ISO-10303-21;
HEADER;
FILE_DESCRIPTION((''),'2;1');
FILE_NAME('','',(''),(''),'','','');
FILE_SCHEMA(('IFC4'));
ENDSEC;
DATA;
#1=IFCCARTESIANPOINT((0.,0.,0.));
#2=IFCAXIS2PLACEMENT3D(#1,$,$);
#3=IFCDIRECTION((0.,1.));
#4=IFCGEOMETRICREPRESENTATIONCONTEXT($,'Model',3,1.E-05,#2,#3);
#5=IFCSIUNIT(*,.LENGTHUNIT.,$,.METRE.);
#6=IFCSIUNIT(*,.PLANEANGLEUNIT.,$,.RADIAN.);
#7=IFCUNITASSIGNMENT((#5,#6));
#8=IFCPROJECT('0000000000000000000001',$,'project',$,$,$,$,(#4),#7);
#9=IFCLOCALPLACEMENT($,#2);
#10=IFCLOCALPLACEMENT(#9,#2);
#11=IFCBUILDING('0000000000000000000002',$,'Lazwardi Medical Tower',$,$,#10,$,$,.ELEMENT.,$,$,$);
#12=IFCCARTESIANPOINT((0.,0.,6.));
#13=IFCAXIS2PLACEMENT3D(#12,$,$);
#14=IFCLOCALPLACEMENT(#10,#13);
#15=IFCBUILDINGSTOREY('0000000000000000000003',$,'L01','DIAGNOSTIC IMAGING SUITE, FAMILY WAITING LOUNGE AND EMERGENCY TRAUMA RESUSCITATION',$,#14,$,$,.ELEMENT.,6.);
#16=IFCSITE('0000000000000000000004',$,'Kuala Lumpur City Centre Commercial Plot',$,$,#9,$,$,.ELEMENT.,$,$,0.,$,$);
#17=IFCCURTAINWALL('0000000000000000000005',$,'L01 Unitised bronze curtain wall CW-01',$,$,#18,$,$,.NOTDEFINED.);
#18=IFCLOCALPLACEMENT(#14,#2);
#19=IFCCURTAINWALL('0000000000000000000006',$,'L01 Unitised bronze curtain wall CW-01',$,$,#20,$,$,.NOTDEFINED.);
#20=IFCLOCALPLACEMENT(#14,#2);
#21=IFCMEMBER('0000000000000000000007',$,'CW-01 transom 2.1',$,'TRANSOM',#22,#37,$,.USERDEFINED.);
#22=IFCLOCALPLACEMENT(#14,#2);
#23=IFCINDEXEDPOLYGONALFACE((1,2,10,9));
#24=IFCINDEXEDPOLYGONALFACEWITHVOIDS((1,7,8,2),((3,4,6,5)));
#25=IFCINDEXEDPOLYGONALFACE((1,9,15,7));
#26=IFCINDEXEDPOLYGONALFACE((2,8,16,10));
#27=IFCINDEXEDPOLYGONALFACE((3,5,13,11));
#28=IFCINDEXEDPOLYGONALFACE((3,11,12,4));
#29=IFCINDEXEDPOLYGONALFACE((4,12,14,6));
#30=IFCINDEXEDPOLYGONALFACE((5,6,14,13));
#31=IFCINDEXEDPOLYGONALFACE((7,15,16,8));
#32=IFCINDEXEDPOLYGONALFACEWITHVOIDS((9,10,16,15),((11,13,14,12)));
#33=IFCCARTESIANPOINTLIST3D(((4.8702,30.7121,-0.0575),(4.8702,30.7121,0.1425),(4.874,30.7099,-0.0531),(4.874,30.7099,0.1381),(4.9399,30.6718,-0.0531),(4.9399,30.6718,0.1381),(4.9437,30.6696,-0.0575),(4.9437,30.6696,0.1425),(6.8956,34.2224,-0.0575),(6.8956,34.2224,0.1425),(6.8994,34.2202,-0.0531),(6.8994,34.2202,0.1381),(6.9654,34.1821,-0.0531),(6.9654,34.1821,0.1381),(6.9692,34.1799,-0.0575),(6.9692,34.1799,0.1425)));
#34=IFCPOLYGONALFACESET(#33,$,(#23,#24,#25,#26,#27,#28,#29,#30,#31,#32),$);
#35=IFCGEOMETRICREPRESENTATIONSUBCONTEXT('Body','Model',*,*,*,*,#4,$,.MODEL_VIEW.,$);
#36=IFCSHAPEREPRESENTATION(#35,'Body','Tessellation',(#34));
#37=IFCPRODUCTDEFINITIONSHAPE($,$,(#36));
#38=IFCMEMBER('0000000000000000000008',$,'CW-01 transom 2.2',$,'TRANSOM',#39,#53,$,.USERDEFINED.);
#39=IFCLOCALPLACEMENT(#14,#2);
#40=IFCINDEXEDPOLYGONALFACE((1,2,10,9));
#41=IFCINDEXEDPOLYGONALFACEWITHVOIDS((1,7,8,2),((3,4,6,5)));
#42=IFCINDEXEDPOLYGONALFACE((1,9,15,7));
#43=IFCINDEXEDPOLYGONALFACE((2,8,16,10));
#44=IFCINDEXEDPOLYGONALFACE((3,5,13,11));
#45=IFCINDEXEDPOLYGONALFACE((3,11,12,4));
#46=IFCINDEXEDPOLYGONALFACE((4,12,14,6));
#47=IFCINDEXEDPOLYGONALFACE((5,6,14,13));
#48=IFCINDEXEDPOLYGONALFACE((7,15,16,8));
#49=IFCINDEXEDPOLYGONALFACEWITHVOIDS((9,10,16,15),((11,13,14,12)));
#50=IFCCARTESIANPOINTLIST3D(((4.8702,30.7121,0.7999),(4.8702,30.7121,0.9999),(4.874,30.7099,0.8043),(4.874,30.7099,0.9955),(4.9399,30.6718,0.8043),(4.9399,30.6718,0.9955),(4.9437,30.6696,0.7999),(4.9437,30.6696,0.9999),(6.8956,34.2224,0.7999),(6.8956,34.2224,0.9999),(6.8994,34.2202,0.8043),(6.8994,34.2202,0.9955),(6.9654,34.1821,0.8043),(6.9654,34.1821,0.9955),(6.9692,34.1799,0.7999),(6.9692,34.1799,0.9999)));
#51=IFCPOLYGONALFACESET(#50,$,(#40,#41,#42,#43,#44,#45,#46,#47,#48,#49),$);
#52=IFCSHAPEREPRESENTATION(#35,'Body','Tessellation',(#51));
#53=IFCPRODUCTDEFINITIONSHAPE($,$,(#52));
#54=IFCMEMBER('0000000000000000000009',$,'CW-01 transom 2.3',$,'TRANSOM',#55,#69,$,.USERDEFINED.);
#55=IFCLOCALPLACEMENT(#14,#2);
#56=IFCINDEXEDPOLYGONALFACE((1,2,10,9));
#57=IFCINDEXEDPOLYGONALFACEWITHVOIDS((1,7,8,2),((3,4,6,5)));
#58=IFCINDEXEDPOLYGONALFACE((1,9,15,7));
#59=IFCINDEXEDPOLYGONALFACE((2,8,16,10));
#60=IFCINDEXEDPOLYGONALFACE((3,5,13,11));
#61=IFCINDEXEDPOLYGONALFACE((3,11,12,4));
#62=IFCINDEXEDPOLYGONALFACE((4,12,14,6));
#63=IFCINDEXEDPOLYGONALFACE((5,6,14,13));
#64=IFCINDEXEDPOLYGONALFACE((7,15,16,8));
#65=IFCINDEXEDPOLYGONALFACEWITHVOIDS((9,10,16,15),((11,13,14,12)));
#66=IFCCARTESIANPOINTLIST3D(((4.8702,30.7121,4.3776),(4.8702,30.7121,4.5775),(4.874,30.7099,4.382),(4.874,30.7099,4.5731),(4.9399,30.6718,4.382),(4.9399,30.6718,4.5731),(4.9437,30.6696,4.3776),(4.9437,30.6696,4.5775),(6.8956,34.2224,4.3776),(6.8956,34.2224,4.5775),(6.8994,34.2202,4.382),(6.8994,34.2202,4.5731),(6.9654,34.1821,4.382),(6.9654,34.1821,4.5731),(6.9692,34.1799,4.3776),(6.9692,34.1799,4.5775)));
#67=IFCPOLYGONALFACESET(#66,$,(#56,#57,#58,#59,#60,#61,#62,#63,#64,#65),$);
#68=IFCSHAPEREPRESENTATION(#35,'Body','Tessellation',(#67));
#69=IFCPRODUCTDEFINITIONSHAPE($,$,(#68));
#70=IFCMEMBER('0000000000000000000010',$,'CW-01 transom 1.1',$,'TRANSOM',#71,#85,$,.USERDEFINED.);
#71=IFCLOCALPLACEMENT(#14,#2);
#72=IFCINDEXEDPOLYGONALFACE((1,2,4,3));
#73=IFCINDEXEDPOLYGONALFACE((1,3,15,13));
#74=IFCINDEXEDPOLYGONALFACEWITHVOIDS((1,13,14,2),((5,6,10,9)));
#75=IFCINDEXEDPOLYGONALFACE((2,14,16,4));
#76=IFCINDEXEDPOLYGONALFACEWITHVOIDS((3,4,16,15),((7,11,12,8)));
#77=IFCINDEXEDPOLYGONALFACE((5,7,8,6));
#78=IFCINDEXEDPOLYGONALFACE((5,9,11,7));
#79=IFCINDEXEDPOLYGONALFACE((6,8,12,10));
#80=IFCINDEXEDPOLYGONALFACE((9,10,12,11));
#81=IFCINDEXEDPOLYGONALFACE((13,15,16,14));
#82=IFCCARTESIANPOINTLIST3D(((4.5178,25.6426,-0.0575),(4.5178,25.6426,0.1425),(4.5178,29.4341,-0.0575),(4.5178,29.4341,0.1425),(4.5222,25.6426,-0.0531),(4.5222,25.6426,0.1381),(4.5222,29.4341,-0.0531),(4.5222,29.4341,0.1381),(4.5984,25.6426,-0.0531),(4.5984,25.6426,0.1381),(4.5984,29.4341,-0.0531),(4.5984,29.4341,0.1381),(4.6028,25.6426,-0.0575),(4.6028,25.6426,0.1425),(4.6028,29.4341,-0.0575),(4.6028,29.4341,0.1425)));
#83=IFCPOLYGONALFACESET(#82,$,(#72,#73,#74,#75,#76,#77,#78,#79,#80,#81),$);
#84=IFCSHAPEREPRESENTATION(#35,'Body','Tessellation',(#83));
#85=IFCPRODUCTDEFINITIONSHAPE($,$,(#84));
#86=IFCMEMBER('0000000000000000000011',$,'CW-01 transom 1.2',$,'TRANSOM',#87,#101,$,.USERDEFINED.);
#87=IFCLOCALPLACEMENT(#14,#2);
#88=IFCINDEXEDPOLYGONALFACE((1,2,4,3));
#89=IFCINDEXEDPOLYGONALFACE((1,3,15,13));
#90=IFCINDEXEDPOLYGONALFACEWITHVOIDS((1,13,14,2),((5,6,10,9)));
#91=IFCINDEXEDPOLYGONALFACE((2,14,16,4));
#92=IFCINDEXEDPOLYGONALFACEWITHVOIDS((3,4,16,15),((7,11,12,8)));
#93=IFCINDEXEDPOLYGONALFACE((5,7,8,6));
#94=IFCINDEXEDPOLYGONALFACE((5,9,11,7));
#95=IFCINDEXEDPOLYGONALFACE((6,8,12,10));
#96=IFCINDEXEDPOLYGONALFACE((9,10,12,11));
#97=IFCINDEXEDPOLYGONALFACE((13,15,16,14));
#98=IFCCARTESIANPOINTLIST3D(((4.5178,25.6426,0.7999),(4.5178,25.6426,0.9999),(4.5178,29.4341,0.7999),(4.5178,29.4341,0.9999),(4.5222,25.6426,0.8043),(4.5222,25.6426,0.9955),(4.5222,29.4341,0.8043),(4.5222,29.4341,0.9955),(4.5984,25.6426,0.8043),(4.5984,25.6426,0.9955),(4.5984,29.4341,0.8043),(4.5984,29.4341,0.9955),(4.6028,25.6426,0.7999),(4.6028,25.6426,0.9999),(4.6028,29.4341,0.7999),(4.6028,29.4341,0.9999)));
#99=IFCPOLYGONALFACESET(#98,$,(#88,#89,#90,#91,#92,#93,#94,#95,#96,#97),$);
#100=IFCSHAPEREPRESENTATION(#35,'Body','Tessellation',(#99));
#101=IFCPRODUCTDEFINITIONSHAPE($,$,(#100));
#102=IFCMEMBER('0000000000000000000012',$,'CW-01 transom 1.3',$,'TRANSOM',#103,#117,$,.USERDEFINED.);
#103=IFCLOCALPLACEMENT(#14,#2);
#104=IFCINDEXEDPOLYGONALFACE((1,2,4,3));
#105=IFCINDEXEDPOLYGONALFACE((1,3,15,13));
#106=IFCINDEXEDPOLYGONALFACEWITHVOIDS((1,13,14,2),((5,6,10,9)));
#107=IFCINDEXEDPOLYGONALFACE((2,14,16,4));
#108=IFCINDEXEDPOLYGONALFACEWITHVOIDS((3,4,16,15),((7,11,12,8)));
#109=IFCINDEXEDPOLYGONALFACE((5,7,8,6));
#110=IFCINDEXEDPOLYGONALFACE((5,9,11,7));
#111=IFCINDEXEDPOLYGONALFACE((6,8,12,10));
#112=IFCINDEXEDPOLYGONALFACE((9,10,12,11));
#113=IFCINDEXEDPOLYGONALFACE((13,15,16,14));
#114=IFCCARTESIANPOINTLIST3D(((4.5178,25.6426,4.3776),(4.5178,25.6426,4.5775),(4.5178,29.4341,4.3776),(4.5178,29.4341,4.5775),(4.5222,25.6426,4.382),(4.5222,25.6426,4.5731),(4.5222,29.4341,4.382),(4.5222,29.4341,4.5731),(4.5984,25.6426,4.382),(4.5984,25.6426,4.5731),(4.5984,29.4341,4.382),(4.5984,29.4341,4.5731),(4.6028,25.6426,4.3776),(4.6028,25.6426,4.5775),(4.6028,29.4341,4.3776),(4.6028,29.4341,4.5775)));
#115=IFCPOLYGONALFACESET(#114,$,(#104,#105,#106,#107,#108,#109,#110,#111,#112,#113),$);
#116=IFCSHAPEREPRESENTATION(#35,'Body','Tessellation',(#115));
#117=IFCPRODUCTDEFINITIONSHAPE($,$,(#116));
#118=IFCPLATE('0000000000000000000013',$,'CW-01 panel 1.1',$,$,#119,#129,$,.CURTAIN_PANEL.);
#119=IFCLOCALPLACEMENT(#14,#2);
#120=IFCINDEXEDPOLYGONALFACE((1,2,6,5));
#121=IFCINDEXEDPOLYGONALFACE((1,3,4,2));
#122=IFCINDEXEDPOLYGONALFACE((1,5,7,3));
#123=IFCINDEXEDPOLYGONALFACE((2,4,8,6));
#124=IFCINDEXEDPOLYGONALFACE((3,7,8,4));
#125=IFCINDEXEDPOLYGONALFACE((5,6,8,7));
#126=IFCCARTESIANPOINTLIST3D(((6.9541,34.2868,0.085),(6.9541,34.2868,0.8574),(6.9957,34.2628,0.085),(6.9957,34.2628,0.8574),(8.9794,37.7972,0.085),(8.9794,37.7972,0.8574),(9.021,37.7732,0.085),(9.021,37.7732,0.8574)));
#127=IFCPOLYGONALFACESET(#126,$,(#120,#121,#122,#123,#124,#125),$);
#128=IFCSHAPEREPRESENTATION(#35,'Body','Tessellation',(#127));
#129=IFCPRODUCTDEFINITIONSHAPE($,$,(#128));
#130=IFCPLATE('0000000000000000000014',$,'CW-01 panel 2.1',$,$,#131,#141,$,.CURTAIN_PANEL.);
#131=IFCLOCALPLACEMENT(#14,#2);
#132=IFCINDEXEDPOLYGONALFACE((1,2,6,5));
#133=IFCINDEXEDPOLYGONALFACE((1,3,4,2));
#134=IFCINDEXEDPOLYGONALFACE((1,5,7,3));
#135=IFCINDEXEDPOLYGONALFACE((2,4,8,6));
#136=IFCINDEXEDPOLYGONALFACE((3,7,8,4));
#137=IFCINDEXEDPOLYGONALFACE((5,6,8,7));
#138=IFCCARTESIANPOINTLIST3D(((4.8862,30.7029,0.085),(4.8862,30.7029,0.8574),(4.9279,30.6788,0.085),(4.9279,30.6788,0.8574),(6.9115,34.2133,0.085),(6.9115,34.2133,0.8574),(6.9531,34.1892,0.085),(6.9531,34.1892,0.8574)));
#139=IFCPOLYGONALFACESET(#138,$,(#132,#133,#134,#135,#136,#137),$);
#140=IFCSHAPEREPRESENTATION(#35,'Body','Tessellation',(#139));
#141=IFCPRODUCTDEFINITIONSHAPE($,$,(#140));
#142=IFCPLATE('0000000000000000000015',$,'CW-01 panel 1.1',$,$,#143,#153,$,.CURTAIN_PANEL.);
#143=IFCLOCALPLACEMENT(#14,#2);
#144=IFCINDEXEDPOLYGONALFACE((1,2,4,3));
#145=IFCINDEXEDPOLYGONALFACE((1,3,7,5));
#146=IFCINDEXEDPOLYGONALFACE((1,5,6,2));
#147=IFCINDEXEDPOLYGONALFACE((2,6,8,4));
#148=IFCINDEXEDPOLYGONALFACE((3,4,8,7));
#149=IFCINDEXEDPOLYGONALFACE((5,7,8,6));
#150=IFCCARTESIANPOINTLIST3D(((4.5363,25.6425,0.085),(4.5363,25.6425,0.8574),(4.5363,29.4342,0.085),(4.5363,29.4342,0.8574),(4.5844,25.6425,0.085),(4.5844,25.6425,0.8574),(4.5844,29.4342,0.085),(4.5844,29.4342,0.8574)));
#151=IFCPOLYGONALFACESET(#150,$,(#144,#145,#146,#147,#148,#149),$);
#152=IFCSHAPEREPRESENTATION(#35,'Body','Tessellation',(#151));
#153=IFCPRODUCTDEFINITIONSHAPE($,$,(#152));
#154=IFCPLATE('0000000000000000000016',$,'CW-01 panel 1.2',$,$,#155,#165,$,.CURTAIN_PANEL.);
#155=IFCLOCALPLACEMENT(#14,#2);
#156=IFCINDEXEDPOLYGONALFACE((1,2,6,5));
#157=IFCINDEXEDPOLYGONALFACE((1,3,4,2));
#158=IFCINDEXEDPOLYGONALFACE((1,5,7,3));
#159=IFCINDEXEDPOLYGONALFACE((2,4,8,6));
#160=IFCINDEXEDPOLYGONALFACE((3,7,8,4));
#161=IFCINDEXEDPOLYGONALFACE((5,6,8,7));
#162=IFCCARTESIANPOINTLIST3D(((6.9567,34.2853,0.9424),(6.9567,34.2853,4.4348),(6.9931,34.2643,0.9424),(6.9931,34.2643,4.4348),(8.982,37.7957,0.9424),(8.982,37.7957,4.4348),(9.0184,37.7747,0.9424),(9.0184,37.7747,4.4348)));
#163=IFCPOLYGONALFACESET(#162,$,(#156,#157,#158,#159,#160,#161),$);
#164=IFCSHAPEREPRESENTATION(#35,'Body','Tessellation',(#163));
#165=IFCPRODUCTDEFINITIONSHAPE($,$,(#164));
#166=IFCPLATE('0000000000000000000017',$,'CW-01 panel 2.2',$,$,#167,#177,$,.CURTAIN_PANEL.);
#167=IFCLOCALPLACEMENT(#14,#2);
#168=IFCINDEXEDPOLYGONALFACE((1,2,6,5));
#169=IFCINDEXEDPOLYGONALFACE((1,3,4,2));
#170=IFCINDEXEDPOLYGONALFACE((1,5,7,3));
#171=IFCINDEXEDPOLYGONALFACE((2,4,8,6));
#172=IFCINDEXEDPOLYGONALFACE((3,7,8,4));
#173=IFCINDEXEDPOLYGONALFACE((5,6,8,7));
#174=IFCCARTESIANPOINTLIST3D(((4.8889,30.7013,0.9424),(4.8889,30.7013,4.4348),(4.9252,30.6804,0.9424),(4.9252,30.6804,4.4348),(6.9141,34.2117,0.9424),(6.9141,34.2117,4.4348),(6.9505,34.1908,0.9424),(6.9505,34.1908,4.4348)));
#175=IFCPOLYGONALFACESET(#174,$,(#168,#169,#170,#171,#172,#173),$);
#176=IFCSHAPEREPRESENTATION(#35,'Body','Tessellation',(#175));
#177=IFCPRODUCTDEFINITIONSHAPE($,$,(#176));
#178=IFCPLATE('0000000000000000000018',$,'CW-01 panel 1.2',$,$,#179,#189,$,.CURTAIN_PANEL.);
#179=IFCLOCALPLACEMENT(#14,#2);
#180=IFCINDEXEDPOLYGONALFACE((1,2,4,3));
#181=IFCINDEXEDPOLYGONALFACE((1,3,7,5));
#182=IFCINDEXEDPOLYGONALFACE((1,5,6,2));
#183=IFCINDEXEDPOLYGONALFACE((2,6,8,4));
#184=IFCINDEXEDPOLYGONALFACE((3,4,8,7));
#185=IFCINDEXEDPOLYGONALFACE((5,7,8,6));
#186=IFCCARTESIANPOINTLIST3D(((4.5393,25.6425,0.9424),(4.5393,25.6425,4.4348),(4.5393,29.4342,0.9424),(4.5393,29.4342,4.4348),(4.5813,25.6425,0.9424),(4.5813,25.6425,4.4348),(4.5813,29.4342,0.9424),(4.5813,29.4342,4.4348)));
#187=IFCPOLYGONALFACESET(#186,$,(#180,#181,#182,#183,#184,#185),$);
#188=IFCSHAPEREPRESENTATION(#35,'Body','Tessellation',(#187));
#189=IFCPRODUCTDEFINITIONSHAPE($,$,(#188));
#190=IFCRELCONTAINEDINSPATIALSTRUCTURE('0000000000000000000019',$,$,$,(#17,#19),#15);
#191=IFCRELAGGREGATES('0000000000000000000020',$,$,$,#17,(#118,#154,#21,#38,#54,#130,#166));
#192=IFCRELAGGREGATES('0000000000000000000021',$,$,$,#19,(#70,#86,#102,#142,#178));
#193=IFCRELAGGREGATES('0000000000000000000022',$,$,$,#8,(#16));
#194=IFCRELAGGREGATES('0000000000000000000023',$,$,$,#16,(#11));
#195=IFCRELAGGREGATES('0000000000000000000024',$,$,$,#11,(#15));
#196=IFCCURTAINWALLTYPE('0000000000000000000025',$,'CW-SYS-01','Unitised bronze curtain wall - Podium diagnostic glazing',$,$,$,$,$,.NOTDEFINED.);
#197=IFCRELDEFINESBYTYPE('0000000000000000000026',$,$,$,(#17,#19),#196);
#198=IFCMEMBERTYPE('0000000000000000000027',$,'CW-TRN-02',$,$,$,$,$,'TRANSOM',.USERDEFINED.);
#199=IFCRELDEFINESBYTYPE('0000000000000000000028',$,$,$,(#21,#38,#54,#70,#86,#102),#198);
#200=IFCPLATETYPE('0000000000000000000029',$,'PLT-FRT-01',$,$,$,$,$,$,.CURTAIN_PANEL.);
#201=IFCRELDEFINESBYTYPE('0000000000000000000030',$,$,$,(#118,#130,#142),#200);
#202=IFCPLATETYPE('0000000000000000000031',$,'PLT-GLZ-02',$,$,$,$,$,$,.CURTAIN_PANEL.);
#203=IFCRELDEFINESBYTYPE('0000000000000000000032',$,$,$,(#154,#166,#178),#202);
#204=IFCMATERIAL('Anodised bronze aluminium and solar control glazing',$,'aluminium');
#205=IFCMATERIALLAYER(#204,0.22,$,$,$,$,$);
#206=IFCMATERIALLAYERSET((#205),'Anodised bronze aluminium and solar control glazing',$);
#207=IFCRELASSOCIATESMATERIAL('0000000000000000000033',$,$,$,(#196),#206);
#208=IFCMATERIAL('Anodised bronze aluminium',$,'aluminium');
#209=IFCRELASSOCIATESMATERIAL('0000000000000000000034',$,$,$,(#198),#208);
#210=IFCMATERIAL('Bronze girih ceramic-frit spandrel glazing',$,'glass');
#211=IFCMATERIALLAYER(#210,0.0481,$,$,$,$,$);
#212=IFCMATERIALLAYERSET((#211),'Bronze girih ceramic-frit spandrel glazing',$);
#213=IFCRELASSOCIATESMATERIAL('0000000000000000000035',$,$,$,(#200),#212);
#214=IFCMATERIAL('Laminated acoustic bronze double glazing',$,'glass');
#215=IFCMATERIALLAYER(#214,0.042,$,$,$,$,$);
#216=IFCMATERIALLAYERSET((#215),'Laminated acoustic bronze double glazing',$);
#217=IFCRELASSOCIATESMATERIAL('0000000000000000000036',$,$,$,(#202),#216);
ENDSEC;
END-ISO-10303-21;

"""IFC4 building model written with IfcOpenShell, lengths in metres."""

from ifc_helpers import new_model, si_unit, direction, frame, origin, origin_2d, place, context, subcontext, project, spatial, rectangle, hollow_rectangle, extrude, material, layer, layer_set, material_profile, profile_set, type_object, element, aggregate, save


model = new_model("IFC4")

# Units and contexts
model_context = context("Model", 3, precision=1e-05, world=origin(), true_north=direction((0.0, 1.0)))
body_context = subcontext(model_context, "Body", "Model", "MODEL_VIEW")
ifc_project = project(units=[si_unit("LENGTHUNIT", "METRE"), si_unit("PLANEANGLEUNIT", "RADIAN")], contexts=[model_context])

# Site, building, storey
site_placement = place(None, origin())
site = spatial("IfcSite", under=ifc_project, at=site_placement, Name="Kuala Lumpur City Centre Commercial Plot", CompositionType="ELEMENT", RefElevation=0.0)
building_placement = place(site_placement, origin())
building = spatial("IfcBuilding", under=site, at=building_placement, Name="Lazwardi Medical Tower", CompositionType="ELEMENT")
storey_placement = place(building_placement, frame((0.0, 0.0, 6.0)))
storey = spatial("IfcBuildingStorey", under=building, at=storey_placement, Name="L01", Description="DIAGNOSTIC IMAGING SUITE, FAMILY WAITING LOUNGE AND EMERGENCY TRAUMA RESUSCITATION", CompositionType="ELEMENT", Elevation=6.0)

# Curtain wall
ifc_material_1 = material(Name="Anodised bronze aluminium and solar control glazing", Category="aluminium")
ifc_layer_1 = layer(ifc_material_1, 0.22)
ifc_layer_set_1 = layer_set([ifc_layer_1], Name="Anodised bronze aluminium and solar control glazing")
curtain_wall_type = type_object("IfcCurtainWallType", Name="CW-SYS-01", Description="Unitised bronze curtain wall - Podium diagnostic glazing", PredefinedType="NOTDEFINED", material=ifc_layer_set_1)
curtain_wall_1_placement = place(storey_placement, origin())
curtain_wall_1 = element("IfcCurtainWall", 1, at=curtain_wall_1_placement, inside=storey, type_object=curtain_wall_type, Name="L01 Unitised bronze curtain wall CW-01", PredefinedType="NOTDEFINED")
ifc_material_2 = material(Name="Anodised bronze aluminium", Category="aluminium")

# Curtain wall
curtain_wall_2_placement = place(storey_placement, origin())
curtain_wall_2 = element("IfcCurtainWall", 2, at=curtain_wall_2_placement, inside=storey, type_object=curtain_wall_type, Name="L01 Unitised bronze curtain wall CW-01", PredefinedType="NOTDEFINED")

# Members
ifc_material_profile_1 = material_profile(ifc_material_2, hollow_rectangle(XDim=0.085, YDim=0.2, WallThickness=0.0044, at=origin_2d()), Name="ALU-TRANSOM 200x85x4.5")
ifc_profile_set_1 = profile_set([ifc_material_profile_1], Name="Anodised bronze aluminium")
member_type_1 = type_object("IfcMemberType", Name="CW-TRN-02", ElementType="TRANSOM", PredefinedType="USERDEFINED", material=ifc_profile_set_1)
member_1_placement = place(storey_placement, frame((6.9324, 34.2012, 0.0425), z_axis=(-0.499768, -0.86616, 0.0), x_axis=(0.86616, -0.499768, 0.0)))
member_1 = element("IfcMember", 3, at=member_1_placement, type_object=member_type_1, Name="CW-01 transom 2.1", ObjectType="TRANSOM", PredefinedType="USERDEFINED", context=body_context, shape_type="SweptSolid", body=[
    extrude(hollow_rectangle(XDim=0.085, YDim=0.2, WallThickness=0.0044, at=origin_2d()), origin(), (0.0, 0.0, 1.0), 4.0527),
])
member_2_placement = place(storey_placement, frame((6.9324, 34.2012, 0.8999), z_axis=(-0.499768, -0.86616, 0.0), x_axis=(0.86616, -0.499768, 0.0)))
member_2 = element("IfcMember", 4, at=member_2_placement, type_object=member_type_1, Name="CW-01 transom 2.2", ObjectType="TRANSOM", PredefinedType="USERDEFINED", context=body_context, shape_type="SweptSolid", body=[
    extrude(hollow_rectangle(XDim=0.085, YDim=0.2, WallThickness=0.0044, at=origin_2d()), origin(), (0.0, 0.0, 1.0), 4.0527),
])
member_3_placement = place(storey_placement, frame((6.9324, 34.2012, 4.4775), z_axis=(-0.499768, -0.86616, 0.0), x_axis=(0.86616, -0.499768, 0.0)))
member_3 = element("IfcMember", 5, at=member_3_placement, type_object=member_type_1, Name="CW-01 transom 2.3", ObjectType="TRANSOM", PredefinedType="USERDEFINED", context=body_context, shape_type="SweptSolid", body=[
    extrude(hollow_rectangle(XDim=0.085, YDim=0.2, WallThickness=0.0044, at=origin_2d()), origin(), (0.0, 0.0, 1.0), 4.0527),
])
member_4_placement = place(storey_placement, frame((4.5603, 29.4341, 0.0425), z_axis=(0.0, -1.0, 0.0), x_axis=(1.0, 0.0, 0.0)))
member_4 = element("IfcMember", 6, at=member_4_placement, type_object=member_type_1, Name="CW-01 transom 1.1", ObjectType="TRANSOM", PredefinedType="USERDEFINED", context=body_context, shape_type="SweptSolid", body=[
    extrude(hollow_rectangle(XDim=0.085, YDim=0.2, WallThickness=0.0044, at=origin_2d()), origin(), (0.0, 0.0, 1.0), 3.7915),
])
member_5_placement = place(storey_placement, frame((4.5603, 29.4341, 0.8999), z_axis=(0.0, -1.0, 0.0), x_axis=(1.0, 0.0, 0.0)))
member_5 = element("IfcMember", 7, at=member_5_placement, type_object=member_type_1, Name="CW-01 transom 1.2", ObjectType="TRANSOM", PredefinedType="USERDEFINED", context=body_context, shape_type="SweptSolid", body=[
    extrude(hollow_rectangle(XDim=0.085, YDim=0.2, WallThickness=0.0044, at=origin_2d()), origin(), (0.0, 0.0, 1.0), 3.7915),
])
member_6_placement = place(storey_placement, frame((4.5603, 29.4341, 4.4775), z_axis=(0.0, -1.0, 0.0), x_axis=(1.0, 0.0, 0.0)))
member_6 = element("IfcMember", 8, at=member_6_placement, type_object=member_type_1, Name="CW-01 transom 1.3", ObjectType="TRANSOM", PredefinedType="USERDEFINED", context=body_context, shape_type="SweptSolid", body=[
    extrude(hollow_rectangle(XDim=0.085, YDim=0.2, WallThickness=0.0044, at=origin_2d()), origin(), (0.0, 0.0, 1.0), 3.7915),
])

# Plates
ifc_material_3 = material(Name="Bronze girih ceramic-frit spandrel glazing", Category="glass")
ifc_layer_2 = layer(ifc_material_3, 0.0481)
ifc_layer_set_2 = layer_set([ifc_layer_2], Name="Bronze girih ceramic-frit spandrel glazing")
plate_type_1 = type_object("IfcPlateType", Name="PLT-FRT-01", PredefinedType="CURTAIN_PANEL", material=ifc_layer_set_2)
plate_1_placement = place(storey_placement, frame((7.9875, 36.03, 0.085), z_axis=(0.0, 0.0, 1.0), x_axis=(-0.499731, -0.866181, 0.0)))
plate_1 = element("IfcPlate", 9, at=plate_1_placement, type_object=plate_type_1, Name="CW-01 panel 1.1", PredefinedType="CURTAIN_PANEL", context=body_context, shape_type="SweptSolid", body=[
    extrude(rectangle(XDim=4.0527, YDim=0.0481, at=origin_2d()), origin(), (0.0, 0.0, 1.0), 0.7725),
])
plate_2_placement = place(storey_placement, frame((5.9197, 32.446, 0.085), z_axis=(0.0, 0.0, 1.0), x_axis=(-0.499731, -0.866181, 0.0)))
plate_2 = element("IfcPlate", 10, at=plate_2_placement, type_object=plate_type_1, Name="CW-01 panel 2.1", PredefinedType="CURTAIN_PANEL", context=body_context, shape_type="SweptSolid", body=[
    extrude(rectangle(XDim=4.0527, YDim=0.0481, at=origin_2d()), origin(), (0.0, 0.0, 1.0), 0.7725),
])
plate_3_placement = place(storey_placement, frame((4.5603, 27.5383, 0.085), z_axis=(0.0, 0.0, 1.0), x_axis=(0.0, -1.0, 0.0)))
plate_3 = element("IfcPlate", 11, at=plate_3_placement, type_object=plate_type_1, Name="CW-01 panel 1.1", PredefinedType="CURTAIN_PANEL", context=body_context, shape_type="SweptSolid", body=[
    extrude(rectangle(XDim=3.7917, YDim=0.0481, at=origin_2d()), origin(), (0.0, 0.0, 1.0), 0.7725),
])
ifc_material_4 = material(Name="Laminated acoustic bronze double glazing", Category="glass")
ifc_layer_3 = layer(ifc_material_4, 0.042)
ifc_layer_set_3 = layer_set([ifc_layer_3], Name="Laminated acoustic bronze double glazing")
plate_type_2 = type_object("IfcPlateType", Name="PLT-GLZ-02", PredefinedType="CURTAIN_PANEL", material=ifc_layer_set_3)
plate_4_placement = place(storey_placement, frame((7.9875, 36.03, 0.9424), z_axis=(0.0, 0.0, 1.0), x_axis=(-0.499731, -0.866181, 0.0)))
plate_4 = element("IfcPlate", 12, at=plate_4_placement, type_object=plate_type_2, Name="CW-01 panel 1.2", PredefinedType="CURTAIN_PANEL", context=body_context, shape_type="SweptSolid", body=[
    extrude(rectangle(XDim=4.0527, YDim=0.042, at=origin_2d()), origin(), (0.0, 0.0, 1.0), 3.4924),
])
plate_5_placement = place(storey_placement, frame((5.9197, 32.446, 0.9424), z_axis=(0.0, 0.0, 1.0), x_axis=(-0.499731, -0.866181, 0.0)))
plate_5 = element("IfcPlate", 13, at=plate_5_placement, type_object=plate_type_2, Name="CW-01 panel 2.2", PredefinedType="CURTAIN_PANEL", context=body_context, shape_type="SweptSolid", body=[
    extrude(rectangle(XDim=4.0527, YDim=0.042, at=origin_2d()), origin(), (0.0, 0.0, 1.0), 3.4924),
])
aggregate(curtain_wall_1, [plate_1, plate_4, member_1, member_2, member_3, plate_2, plate_5])
plate_6_placement = place(storey_placement, frame((4.5603, 27.5383, 0.9424), z_axis=(0.0, 0.0, 1.0), x_axis=(0.0, -1.0, 0.0)))
plate_6 = element("IfcPlate", 14, at=plate_6_placement, type_object=plate_type_2, Name="CW-01 panel 1.2", PredefinedType="CURTAIN_PANEL", context=body_context, shape_type="SweptSolid", body=[
    extrude(rectangle(XDim=3.7917, YDim=0.042, at=origin_2d()), origin(), (0.0, 0.0, 1.0), 3.4924),
])
aggregate(curtain_wall_2, [member_4, member_5, member_6, plate_3, plate_6])

save(model, "model.ifc")
